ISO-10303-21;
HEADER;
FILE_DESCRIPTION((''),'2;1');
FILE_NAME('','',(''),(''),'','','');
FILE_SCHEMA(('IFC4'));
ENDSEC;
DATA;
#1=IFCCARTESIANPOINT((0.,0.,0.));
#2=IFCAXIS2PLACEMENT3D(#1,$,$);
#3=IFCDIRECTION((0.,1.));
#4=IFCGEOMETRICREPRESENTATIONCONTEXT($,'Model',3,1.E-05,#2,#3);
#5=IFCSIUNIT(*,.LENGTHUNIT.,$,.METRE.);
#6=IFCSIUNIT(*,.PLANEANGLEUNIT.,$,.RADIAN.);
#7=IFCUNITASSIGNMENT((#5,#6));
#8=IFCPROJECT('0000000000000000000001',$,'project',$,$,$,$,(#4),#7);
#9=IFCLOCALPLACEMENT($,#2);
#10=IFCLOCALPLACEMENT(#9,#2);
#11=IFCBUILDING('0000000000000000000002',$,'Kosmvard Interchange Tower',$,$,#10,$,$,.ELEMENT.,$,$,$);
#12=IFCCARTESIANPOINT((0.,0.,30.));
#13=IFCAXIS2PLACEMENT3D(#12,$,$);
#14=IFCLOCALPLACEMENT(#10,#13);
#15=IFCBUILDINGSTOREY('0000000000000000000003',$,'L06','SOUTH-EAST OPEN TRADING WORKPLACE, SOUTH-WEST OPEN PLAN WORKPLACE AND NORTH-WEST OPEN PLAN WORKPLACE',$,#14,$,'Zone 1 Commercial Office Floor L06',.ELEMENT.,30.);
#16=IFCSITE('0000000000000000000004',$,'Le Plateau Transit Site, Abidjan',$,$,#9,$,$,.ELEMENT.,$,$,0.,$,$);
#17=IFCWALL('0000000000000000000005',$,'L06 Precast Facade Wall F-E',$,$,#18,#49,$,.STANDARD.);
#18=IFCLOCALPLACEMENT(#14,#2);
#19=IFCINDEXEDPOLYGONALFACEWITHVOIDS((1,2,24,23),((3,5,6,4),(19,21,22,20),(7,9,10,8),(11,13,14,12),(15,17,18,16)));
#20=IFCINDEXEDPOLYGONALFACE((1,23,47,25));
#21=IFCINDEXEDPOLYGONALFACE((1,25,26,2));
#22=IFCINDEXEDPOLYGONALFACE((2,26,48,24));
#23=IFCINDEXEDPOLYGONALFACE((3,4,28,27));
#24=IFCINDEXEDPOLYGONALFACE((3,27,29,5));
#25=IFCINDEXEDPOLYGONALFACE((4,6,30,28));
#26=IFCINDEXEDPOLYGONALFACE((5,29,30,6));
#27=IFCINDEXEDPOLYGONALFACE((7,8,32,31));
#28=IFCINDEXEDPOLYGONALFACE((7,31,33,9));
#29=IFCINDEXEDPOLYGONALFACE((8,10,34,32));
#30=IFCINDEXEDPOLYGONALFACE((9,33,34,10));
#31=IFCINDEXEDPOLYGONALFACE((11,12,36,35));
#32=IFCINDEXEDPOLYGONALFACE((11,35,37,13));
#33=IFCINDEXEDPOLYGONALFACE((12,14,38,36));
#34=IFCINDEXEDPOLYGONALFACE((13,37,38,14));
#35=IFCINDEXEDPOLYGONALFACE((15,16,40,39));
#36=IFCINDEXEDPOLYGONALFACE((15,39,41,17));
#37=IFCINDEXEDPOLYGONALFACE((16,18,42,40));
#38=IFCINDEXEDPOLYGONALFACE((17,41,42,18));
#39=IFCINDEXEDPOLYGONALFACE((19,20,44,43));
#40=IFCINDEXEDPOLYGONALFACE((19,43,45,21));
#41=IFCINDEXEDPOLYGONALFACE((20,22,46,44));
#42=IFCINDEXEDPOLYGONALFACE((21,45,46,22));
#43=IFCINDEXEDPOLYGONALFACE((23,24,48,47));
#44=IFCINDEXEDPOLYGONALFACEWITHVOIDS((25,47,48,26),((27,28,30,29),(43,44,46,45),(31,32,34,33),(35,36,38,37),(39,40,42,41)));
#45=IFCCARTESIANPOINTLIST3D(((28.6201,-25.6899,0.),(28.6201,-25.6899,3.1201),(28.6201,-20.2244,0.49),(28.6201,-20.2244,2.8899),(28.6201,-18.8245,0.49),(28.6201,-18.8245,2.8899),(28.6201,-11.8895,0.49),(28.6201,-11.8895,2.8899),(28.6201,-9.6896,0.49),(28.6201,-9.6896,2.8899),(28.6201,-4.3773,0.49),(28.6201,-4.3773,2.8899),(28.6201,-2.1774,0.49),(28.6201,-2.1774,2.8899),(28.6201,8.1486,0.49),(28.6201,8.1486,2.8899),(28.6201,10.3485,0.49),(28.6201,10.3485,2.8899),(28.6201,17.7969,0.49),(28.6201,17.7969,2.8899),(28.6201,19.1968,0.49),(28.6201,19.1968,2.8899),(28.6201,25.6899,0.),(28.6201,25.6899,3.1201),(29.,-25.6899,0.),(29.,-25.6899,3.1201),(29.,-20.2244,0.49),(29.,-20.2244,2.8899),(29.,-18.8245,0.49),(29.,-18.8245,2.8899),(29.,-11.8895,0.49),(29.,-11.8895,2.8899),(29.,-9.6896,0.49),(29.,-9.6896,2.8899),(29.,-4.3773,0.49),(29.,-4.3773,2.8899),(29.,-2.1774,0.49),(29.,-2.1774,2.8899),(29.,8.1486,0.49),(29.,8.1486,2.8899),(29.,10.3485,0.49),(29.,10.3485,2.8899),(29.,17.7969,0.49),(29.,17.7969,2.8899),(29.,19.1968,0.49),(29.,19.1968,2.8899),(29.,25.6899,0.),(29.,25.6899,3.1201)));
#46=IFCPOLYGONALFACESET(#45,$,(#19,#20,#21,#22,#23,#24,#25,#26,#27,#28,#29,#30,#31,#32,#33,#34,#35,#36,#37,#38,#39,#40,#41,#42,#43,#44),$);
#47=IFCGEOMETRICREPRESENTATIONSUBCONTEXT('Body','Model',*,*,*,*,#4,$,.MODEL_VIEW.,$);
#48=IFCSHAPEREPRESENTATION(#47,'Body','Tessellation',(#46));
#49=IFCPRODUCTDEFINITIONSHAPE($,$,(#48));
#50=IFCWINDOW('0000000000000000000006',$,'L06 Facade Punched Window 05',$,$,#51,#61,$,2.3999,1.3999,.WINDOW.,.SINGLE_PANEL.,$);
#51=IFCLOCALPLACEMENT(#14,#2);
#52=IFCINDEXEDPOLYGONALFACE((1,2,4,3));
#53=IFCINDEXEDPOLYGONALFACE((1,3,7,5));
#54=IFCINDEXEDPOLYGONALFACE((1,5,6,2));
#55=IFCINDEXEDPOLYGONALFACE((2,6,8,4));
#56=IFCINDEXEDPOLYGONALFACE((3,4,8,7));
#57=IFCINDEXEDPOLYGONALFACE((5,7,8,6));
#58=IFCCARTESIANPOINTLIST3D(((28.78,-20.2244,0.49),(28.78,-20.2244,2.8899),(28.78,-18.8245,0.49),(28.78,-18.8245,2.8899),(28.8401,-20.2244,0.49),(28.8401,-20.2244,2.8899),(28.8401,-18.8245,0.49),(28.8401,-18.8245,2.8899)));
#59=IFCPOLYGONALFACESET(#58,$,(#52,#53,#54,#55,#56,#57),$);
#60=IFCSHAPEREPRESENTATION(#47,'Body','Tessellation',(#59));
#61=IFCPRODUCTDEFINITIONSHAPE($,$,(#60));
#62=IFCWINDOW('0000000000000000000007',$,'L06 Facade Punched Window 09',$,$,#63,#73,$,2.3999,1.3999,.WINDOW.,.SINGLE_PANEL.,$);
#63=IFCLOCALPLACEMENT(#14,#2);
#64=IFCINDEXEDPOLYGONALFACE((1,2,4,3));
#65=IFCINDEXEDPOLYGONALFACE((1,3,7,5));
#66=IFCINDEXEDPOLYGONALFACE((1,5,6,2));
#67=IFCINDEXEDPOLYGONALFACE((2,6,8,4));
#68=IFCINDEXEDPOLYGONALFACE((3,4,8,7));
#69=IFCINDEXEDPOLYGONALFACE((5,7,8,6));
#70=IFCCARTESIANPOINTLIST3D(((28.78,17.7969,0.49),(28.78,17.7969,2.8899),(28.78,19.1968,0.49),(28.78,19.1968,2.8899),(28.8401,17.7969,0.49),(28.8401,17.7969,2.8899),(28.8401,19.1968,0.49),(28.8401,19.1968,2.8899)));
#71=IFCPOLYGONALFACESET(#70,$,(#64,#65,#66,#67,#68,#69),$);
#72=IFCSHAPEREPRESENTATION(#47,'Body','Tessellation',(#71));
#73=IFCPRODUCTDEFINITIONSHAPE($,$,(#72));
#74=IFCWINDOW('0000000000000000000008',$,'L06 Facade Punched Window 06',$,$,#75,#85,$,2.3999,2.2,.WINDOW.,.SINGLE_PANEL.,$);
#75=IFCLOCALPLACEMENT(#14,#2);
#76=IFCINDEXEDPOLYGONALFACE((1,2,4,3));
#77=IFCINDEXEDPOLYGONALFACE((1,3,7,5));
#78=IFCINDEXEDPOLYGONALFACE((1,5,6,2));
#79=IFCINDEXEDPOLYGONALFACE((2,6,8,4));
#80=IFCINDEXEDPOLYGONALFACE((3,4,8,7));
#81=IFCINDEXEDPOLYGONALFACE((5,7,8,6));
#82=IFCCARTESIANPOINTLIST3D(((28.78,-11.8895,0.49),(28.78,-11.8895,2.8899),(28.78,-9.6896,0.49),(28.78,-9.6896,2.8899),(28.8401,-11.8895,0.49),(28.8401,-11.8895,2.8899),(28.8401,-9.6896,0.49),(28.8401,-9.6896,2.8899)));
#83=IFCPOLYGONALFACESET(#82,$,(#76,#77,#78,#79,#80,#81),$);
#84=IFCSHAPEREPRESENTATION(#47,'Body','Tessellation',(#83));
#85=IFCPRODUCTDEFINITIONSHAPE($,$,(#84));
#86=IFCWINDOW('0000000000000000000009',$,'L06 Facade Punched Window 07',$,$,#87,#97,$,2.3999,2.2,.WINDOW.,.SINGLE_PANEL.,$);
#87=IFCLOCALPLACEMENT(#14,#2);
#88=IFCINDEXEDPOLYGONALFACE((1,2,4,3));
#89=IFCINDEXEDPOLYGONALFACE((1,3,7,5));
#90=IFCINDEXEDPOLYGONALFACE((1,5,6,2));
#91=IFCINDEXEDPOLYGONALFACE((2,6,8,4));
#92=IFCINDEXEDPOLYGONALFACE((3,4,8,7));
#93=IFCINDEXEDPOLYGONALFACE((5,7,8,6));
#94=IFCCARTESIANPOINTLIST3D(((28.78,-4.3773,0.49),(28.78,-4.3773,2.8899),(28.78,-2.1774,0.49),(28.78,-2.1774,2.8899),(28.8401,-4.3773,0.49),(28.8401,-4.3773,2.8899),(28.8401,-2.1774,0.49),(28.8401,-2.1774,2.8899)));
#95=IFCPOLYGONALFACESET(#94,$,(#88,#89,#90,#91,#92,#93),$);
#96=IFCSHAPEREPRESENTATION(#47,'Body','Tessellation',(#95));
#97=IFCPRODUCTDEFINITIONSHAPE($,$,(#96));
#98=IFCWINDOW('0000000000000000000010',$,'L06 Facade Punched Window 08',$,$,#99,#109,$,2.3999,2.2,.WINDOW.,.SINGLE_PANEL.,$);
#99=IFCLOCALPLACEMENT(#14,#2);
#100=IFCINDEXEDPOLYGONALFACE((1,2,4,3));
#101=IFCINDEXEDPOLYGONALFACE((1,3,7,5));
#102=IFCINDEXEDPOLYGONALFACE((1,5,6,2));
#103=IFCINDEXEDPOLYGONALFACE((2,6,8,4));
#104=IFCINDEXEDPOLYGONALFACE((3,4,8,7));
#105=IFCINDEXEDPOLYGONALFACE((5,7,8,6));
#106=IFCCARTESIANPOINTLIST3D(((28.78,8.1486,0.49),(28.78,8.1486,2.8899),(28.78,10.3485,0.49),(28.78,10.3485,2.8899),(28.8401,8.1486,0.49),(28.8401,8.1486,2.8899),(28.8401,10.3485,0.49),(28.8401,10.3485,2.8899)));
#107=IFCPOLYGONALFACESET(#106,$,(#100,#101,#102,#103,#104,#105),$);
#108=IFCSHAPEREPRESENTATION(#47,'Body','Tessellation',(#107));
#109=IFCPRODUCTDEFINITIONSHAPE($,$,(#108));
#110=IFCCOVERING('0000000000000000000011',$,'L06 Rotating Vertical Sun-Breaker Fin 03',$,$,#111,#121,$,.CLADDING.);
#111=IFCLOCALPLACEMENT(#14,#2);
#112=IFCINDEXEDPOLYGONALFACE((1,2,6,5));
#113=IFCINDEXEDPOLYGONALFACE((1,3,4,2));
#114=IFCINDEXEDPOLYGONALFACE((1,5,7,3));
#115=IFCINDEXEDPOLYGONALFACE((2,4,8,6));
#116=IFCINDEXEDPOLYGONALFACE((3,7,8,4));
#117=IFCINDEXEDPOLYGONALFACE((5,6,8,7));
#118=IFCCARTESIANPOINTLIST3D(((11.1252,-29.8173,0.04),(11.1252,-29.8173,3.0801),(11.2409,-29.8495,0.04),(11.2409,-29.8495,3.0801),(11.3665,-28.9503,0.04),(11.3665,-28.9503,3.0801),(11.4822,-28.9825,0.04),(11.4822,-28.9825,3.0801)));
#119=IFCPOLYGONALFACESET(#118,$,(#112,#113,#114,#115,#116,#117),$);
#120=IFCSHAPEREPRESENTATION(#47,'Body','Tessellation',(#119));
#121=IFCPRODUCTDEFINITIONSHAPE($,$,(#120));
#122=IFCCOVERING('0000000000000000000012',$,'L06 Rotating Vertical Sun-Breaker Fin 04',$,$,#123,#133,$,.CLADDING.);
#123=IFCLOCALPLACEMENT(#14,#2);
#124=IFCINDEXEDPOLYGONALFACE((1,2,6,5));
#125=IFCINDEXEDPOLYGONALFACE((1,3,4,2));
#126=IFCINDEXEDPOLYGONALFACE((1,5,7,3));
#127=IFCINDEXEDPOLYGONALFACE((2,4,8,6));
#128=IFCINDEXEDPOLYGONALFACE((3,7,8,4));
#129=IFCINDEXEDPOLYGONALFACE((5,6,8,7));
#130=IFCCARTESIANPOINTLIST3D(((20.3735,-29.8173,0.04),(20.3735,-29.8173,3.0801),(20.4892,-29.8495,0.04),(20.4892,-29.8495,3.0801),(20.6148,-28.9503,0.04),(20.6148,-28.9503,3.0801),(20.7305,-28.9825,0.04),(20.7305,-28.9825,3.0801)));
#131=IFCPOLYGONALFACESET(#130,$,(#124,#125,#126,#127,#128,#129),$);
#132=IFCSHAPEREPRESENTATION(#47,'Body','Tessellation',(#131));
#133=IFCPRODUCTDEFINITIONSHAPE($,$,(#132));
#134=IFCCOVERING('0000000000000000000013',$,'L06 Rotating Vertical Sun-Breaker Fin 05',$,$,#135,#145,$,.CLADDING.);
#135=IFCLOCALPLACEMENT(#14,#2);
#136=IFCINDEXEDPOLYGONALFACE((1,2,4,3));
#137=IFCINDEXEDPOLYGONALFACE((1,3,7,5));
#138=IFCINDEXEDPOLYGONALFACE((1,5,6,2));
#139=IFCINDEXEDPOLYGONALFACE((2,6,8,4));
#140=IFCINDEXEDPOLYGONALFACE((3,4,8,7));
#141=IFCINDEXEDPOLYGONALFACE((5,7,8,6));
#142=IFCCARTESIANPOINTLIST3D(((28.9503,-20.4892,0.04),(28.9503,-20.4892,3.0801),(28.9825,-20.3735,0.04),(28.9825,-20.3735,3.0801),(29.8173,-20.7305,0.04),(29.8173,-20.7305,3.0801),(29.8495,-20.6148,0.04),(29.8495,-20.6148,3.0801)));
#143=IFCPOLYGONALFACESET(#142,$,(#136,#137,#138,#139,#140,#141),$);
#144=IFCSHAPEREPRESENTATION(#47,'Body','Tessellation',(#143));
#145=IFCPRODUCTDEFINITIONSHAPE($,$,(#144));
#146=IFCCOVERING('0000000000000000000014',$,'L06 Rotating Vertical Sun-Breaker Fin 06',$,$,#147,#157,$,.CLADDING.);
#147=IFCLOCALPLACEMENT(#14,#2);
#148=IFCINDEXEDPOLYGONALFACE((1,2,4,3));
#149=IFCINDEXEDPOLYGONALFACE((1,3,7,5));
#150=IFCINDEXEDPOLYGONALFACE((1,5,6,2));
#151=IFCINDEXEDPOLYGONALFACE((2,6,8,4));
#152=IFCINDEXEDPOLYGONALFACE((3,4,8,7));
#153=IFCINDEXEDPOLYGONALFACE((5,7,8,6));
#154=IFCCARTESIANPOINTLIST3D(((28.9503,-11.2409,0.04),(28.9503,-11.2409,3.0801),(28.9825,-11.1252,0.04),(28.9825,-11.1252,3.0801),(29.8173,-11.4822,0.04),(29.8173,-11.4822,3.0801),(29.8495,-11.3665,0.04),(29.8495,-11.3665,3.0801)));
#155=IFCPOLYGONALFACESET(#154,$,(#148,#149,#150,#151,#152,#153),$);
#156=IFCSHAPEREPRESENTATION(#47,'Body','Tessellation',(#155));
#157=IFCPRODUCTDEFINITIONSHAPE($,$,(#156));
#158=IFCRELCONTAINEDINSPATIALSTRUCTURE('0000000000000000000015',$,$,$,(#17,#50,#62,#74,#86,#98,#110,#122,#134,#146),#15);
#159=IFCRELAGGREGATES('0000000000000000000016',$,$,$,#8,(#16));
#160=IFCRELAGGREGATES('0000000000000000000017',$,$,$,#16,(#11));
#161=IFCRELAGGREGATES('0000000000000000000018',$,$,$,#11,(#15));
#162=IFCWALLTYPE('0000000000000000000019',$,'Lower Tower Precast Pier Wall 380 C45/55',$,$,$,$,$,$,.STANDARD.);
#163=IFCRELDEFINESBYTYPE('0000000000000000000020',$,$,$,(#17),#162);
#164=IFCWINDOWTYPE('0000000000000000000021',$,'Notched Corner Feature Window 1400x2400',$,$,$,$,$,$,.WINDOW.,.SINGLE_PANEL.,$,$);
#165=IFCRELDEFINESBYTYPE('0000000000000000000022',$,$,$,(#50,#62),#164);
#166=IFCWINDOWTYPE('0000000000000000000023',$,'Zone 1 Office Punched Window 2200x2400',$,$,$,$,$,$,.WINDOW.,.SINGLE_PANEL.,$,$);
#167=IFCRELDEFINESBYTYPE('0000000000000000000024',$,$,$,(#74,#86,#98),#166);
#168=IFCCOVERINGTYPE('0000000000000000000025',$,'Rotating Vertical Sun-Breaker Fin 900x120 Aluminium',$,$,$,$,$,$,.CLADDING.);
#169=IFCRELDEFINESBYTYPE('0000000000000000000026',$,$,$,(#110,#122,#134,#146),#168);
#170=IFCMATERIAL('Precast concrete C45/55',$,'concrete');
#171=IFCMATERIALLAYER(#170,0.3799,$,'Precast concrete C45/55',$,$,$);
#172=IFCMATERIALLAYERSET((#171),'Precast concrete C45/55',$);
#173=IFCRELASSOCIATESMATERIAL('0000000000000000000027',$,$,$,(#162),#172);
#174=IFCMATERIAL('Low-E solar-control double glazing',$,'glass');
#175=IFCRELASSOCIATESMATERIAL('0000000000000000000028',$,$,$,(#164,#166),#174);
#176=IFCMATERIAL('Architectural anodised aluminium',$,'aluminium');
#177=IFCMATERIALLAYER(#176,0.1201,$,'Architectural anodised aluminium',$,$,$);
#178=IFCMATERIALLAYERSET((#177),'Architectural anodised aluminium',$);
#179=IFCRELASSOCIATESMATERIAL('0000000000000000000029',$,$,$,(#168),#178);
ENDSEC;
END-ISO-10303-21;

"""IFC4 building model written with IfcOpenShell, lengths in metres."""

from ifc_helpers import new_model, si_unit, direction, frame, frame_2d, origin, origin_2d, place, context, subcontext, project, spatial, rectangle, extrude, source, transform, mapped, material, layer, layer_set, type_object, element, fill, save


model = new_model("IFC4")

# Units and contexts
model_context = context("Model", 3, precision=1e-05, world=origin(), true_north=direction((0.0, 1.0)))
body_context = subcontext(model_context, "Body", "Model", "MODEL_VIEW")
ifc_project = project(units=[si_unit("LENGTHUNIT", "METRE"), si_unit("PLANEANGLEUNIT", "RADIAN")], contexts=[model_context])

# Site, building, storey
site_placement = place(None, origin())
site = spatial("IfcSite", under=ifc_project, at=site_placement, Name="Le Plateau Transit Site, Abidjan", CompositionType="ELEMENT", RefElevation=0.0)
building_placement = place(site_placement, origin())
building = spatial("IfcBuilding", under=site, at=building_placement, Name="Kosmvard Interchange Tower", CompositionType="ELEMENT")
storey_placement = place(building_placement, frame((0.0, 0.0, 30.0)))
storey = spatial("IfcBuildingStorey", under=building, at=storey_placement, Name="L06", Description="SOUTH-EAST OPEN TRADING WORKPLACE, SOUTH-WEST OPEN PLAN WORKPLACE AND NORTH-WEST OPEN PLAN WORKPLACE", LongName="Zone 1 Commercial Office Floor L06", CompositionType="ELEMENT", Elevation=30.0)

# Shared definitions
ifc_material_1 = material(Name="Precast concrete C45/55", Category="concrete")

# Shared definitions
ifc_layer_1 = layer(ifc_material_1, 0.3799, Name="Precast concrete C45/55")
ifc_layer_set_1 = layer_set([ifc_layer_1], Name="Precast concrete C45/55")
wall_type_1 = type_object("IfcWallType", Name="Lower Tower Precast Pier Wall 380 C45/55", PredefinedType="STANDARD", material=ifc_layer_set_1)

# Wall, openings, windows
wall_1_placement = place(storey_placement, frame((28.8101, -25.6899, 0.0), z_axis=(0.0, 0.0, 1.0), x_axis=(0.0, 1.0, 0.0)))
wall_1 = element("IfcWall", 1, at=wall_1_placement, inside=storey, type_object=wall_type_1, Name="L06 Precast Facade Wall F-E", PredefinedType="STANDARD", context=body_context, shape_type="SweptSolid", body=[
    extrude(rectangle(XDim=51.3799, YDim=0.3799, at=frame_2d((25.6899, 0.0))), origin(), (0.0, 0.0, 1.0), 3.1201),
])
opening_1_placement = place(wall_1_placement, frame((5.4656, 0.0, 0.49)))
opening_1 = element("IfcOpeningElement", 2, at=opening_1_placement, cuts=wall_1, PredefinedType="OPENING", context=body_context, shape_type="SweptSolid", body=[
    extrude(rectangle(XDim=1.3999, YDim=2.3999, at=frame_2d((0.7, 1.2))), frame((0.0, 0.2, 0.0), z_axis=(0.0, -1.0, 0.0), x_axis=(1.0, 0.0, 0.0)), (0.0, 0.0, 1.0), 0.3999),
])
opening_2_placement = place(wall_1_placement, frame((13.8003, 0.0, 0.49)))
opening_2 = element("IfcOpeningElement", 3, at=opening_2_placement, cuts=wall_1, PredefinedType="OPENING", context=body_context, shape_type="SweptSolid", body=[
    extrude(rectangle(XDim=2.2, YDim=2.3999, at=frame_2d((1.1001, 1.2))), frame((0.0, 0.2, 0.0), z_axis=(0.0, -1.0, 0.0), x_axis=(1.0, 0.0, 0.0)), (0.0, 0.0, 1.0), 0.3999),
])
opening_3_placement = place(wall_1_placement, frame((21.3125, 0.0, 0.49)))
opening_3 = element("IfcOpeningElement", 4, at=opening_3_placement, cuts=wall_1, PredefinedType="OPENING", context=body_context, shape_type="SweptSolid", body=[
    extrude(rectangle(XDim=2.2, YDim=2.3999, at=frame_2d((1.1001, 1.2))), frame((0.0, 0.2, 0.0), z_axis=(0.0, -1.0, 0.0), x_axis=(1.0, 0.0, 0.0)), (0.0, 0.0, 1.0), 0.3999),
])
opening_4_placement = place(wall_1_placement, frame((33.8384, 0.0, 0.49)))
opening_4 = element("IfcOpeningElement", 5, at=opening_4_placement, cuts=wall_1, PredefinedType="OPENING", context=body_context, shape_type="SweptSolid", body=[
    extrude(rectangle(XDim=2.2, YDim=2.3999, at=frame_2d((1.1001, 1.2))), frame((0.0, 0.2, 0.0), z_axis=(0.0, -1.0, 0.0), x_axis=(1.0, 0.0, 0.0)), (0.0, 0.0, 1.0), 0.3999),
])
opening_5_placement = place(wall_1_placement, frame((43.4868, 0.0, 0.49)))
opening_5 = element("IfcOpeningElement", 6, at=opening_5_placement, cuts=wall_1, PredefinedType="OPENING", context=body_context, shape_type="SweptSolid", body=[
    extrude(rectangle(XDim=1.3999, YDim=2.3999, at=frame_2d((0.7, 1.2))), frame((0.0, 0.2, 0.0), z_axis=(0.0, -1.0, 0.0), x_axis=(1.0, 0.0, 0.0)), (0.0, 0.0, 1.0), 0.3999),
])
ifc_material_2 = material(Name="Low-E solar-control double glazing", Category="glass")
window_type_1 = type_object("IfcWindowType", Name="Notched Corner Feature Window 1400x2400", PartitioningType="SINGLE_PANEL", PredefinedType="WINDOW", material=ifc_material_2)
shared_shape_1 = source(origin(), body_context, "Body", "SweptSolid", [
    extrude(rectangle(XDim=1.3999, YDim=2.3999, at=frame_2d((0.7, 1.2))), frame((0.0, 0.03, 0.0), z_axis=(0.0, -1.0, 0.0), x_axis=(1.0, 0.0, 0.0)), (0.0, 0.0, 1.0), 0.0601),
])
window_1_placement = place(opening_1_placement, origin())
window_1 = element("IfcWindow", 7, at=window_1_placement, inside=storey, type_object=window_type_1, Name="L06 Facade Punched Window 05", OverallHeight=2.3999, OverallWidth=1.3999, PartitioningType="SINGLE_PANEL", PredefinedType="WINDOW", context=body_context, shape_type="MappedRepresentation", body=[
    mapped(shared_shape_1, transform((0.0, 0.0, 0.0), scale=1.0)),
])
fill(opening_1, window_1)
window_2_placement = place(opening_5_placement, origin())
window_2 = element("IfcWindow", 8, at=window_2_placement, inside=storey, type_object=window_type_1, Name="L06 Facade Punched Window 09", OverallHeight=2.3999, OverallWidth=1.3999, PartitioningType="SINGLE_PANEL", PredefinedType="WINDOW", context=body_context, shape_type="MappedRepresentation", body=[
    mapped(shared_shape_1, transform((0.0, 0.0, 0.0), scale=1.0)),
])
fill(opening_5, window_2)
window_type_2 = type_object("IfcWindowType", Name="Zone 1 Office Punched Window 2200x2400", PartitioningType="SINGLE_PANEL", PredefinedType="WINDOW", material=ifc_material_2)
shared_shape_2 = source(origin(), body_context, "Body", "SweptSolid", [
    extrude(rectangle(XDim=2.2, YDim=2.3999, at=frame_2d((1.1001, 1.2))), frame((0.0, 0.03, 0.0), z_axis=(0.0, -1.0, 0.0), x_axis=(1.0, 0.0, 0.0)), (0.0, 0.0, 1.0), 0.0601),
])
window_3_placement = place(opening_2_placement, origin())
window_3 = element("IfcWindow", 9, at=window_3_placement, inside=storey, type_object=window_type_2, Name="L06 Facade Punched Window 06", OverallHeight=2.3999, OverallWidth=2.2, PartitioningType="SINGLE_PANEL", PredefinedType="WINDOW", context=body_context, shape_type="MappedRepresentation", body=[
    mapped(shared_shape_2, transform((0.0, 0.0, 0.0), scale=1.0)),
])
fill(opening_2, window_3)
window_4_placement = place(opening_3_placement, origin())
window_4 = element("IfcWindow", 10, at=window_4_placement, inside=storey, type_object=window_type_2, Name="L06 Facade Punched Window 07", OverallHeight=2.3999, OverallWidth=2.2, PartitioningType="SINGLE_PANEL", PredefinedType="WINDOW", context=body_context, shape_type="MappedRepresentation", body=[
    mapped(shared_shape_2, transform((0.0, 0.0, 0.0), scale=1.0)),
])
fill(opening_3, window_4)
window_5_placement = place(opening_4_placement, origin())
window_5 = element("IfcWindow", 11, at=window_5_placement, inside=storey, type_object=window_type_2, Name="L06 Facade Punched Window 08", OverallHeight=2.3999, OverallWidth=2.2, PartitioningType="SINGLE_PANEL", PredefinedType="WINDOW", context=body_context, shape_type="MappedRepresentation", body=[
    mapped(shared_shape_2, transform((0.0, 0.0, 0.0), scale=1.0)),
])
fill(opening_4, window_5)

# Coverings
ifc_material_3 = material(Name="Architectural anodised aluminium", Category="aluminium")
ifc_layer_2 = layer(ifc_material_3, 0.1201, Name="Architectural anodised aluminium")
ifc_layer_set_2 = layer_set([ifc_layer_2], Name="Architectural anodised aluminium")
covering_type = type_object("IfcCoveringType", Name="Rotating Vertical Sun-Breaker Fin 900x120 Aluminium", PredefinedType="CLADDING", material=ifc_layer_set_2)
shared_shape_3 = source(origin(), body_context, "Body", "SweptSolid", [
    extrude(rectangle(XDim=0.8999, YDim=0.1201, at=origin_2d()), origin(), (0.0, 0.0, 1.0), 3.04),
])
for number, where, z_axis, x_axis, name in (
    (12, (11.3037, -29.3999, 0.04), (0.0, 0.0, 1.0), (-0.268079, -0.963397, 0.0), "L06 Rotating Vertical Sun-Breaker Fin 03"),
    (13, (20.552, -29.3999, 0.04), (0.0, 0.0, 1.0), (-0.268079, -0.963397, 0.0), "L06 Rotating Vertical Sun-Breaker Fin 04"),
    (14, (29.3999, -20.552, 0.04), (0.0, 0.0, 1.0), (0.963397, -0.268079, 0.0), "L06 Rotating Vertical Sun-Breaker Fin 05"),
    (15, (29.3999, -11.3037, 0.04), (0.0, 0.0, 1.0), (0.963397, -0.268079, 0.0), "L06 Rotating Vertical Sun-Breaker Fin 06"),
):
    element("IfcCovering", number, at=place(storey_placement, frame(where, z_axis=z_axis, x_axis=x_axis)), inside=storey, type_object=covering_type, Name=name, PredefinedType="CLADDING", context=body_context, shape_type="MappedRepresentation", body=[
        mapped(shared_shape_3, transform((0.0, 0.0, 0.0), scale=1.0)),
    ])

save(model, "model.ifc")
